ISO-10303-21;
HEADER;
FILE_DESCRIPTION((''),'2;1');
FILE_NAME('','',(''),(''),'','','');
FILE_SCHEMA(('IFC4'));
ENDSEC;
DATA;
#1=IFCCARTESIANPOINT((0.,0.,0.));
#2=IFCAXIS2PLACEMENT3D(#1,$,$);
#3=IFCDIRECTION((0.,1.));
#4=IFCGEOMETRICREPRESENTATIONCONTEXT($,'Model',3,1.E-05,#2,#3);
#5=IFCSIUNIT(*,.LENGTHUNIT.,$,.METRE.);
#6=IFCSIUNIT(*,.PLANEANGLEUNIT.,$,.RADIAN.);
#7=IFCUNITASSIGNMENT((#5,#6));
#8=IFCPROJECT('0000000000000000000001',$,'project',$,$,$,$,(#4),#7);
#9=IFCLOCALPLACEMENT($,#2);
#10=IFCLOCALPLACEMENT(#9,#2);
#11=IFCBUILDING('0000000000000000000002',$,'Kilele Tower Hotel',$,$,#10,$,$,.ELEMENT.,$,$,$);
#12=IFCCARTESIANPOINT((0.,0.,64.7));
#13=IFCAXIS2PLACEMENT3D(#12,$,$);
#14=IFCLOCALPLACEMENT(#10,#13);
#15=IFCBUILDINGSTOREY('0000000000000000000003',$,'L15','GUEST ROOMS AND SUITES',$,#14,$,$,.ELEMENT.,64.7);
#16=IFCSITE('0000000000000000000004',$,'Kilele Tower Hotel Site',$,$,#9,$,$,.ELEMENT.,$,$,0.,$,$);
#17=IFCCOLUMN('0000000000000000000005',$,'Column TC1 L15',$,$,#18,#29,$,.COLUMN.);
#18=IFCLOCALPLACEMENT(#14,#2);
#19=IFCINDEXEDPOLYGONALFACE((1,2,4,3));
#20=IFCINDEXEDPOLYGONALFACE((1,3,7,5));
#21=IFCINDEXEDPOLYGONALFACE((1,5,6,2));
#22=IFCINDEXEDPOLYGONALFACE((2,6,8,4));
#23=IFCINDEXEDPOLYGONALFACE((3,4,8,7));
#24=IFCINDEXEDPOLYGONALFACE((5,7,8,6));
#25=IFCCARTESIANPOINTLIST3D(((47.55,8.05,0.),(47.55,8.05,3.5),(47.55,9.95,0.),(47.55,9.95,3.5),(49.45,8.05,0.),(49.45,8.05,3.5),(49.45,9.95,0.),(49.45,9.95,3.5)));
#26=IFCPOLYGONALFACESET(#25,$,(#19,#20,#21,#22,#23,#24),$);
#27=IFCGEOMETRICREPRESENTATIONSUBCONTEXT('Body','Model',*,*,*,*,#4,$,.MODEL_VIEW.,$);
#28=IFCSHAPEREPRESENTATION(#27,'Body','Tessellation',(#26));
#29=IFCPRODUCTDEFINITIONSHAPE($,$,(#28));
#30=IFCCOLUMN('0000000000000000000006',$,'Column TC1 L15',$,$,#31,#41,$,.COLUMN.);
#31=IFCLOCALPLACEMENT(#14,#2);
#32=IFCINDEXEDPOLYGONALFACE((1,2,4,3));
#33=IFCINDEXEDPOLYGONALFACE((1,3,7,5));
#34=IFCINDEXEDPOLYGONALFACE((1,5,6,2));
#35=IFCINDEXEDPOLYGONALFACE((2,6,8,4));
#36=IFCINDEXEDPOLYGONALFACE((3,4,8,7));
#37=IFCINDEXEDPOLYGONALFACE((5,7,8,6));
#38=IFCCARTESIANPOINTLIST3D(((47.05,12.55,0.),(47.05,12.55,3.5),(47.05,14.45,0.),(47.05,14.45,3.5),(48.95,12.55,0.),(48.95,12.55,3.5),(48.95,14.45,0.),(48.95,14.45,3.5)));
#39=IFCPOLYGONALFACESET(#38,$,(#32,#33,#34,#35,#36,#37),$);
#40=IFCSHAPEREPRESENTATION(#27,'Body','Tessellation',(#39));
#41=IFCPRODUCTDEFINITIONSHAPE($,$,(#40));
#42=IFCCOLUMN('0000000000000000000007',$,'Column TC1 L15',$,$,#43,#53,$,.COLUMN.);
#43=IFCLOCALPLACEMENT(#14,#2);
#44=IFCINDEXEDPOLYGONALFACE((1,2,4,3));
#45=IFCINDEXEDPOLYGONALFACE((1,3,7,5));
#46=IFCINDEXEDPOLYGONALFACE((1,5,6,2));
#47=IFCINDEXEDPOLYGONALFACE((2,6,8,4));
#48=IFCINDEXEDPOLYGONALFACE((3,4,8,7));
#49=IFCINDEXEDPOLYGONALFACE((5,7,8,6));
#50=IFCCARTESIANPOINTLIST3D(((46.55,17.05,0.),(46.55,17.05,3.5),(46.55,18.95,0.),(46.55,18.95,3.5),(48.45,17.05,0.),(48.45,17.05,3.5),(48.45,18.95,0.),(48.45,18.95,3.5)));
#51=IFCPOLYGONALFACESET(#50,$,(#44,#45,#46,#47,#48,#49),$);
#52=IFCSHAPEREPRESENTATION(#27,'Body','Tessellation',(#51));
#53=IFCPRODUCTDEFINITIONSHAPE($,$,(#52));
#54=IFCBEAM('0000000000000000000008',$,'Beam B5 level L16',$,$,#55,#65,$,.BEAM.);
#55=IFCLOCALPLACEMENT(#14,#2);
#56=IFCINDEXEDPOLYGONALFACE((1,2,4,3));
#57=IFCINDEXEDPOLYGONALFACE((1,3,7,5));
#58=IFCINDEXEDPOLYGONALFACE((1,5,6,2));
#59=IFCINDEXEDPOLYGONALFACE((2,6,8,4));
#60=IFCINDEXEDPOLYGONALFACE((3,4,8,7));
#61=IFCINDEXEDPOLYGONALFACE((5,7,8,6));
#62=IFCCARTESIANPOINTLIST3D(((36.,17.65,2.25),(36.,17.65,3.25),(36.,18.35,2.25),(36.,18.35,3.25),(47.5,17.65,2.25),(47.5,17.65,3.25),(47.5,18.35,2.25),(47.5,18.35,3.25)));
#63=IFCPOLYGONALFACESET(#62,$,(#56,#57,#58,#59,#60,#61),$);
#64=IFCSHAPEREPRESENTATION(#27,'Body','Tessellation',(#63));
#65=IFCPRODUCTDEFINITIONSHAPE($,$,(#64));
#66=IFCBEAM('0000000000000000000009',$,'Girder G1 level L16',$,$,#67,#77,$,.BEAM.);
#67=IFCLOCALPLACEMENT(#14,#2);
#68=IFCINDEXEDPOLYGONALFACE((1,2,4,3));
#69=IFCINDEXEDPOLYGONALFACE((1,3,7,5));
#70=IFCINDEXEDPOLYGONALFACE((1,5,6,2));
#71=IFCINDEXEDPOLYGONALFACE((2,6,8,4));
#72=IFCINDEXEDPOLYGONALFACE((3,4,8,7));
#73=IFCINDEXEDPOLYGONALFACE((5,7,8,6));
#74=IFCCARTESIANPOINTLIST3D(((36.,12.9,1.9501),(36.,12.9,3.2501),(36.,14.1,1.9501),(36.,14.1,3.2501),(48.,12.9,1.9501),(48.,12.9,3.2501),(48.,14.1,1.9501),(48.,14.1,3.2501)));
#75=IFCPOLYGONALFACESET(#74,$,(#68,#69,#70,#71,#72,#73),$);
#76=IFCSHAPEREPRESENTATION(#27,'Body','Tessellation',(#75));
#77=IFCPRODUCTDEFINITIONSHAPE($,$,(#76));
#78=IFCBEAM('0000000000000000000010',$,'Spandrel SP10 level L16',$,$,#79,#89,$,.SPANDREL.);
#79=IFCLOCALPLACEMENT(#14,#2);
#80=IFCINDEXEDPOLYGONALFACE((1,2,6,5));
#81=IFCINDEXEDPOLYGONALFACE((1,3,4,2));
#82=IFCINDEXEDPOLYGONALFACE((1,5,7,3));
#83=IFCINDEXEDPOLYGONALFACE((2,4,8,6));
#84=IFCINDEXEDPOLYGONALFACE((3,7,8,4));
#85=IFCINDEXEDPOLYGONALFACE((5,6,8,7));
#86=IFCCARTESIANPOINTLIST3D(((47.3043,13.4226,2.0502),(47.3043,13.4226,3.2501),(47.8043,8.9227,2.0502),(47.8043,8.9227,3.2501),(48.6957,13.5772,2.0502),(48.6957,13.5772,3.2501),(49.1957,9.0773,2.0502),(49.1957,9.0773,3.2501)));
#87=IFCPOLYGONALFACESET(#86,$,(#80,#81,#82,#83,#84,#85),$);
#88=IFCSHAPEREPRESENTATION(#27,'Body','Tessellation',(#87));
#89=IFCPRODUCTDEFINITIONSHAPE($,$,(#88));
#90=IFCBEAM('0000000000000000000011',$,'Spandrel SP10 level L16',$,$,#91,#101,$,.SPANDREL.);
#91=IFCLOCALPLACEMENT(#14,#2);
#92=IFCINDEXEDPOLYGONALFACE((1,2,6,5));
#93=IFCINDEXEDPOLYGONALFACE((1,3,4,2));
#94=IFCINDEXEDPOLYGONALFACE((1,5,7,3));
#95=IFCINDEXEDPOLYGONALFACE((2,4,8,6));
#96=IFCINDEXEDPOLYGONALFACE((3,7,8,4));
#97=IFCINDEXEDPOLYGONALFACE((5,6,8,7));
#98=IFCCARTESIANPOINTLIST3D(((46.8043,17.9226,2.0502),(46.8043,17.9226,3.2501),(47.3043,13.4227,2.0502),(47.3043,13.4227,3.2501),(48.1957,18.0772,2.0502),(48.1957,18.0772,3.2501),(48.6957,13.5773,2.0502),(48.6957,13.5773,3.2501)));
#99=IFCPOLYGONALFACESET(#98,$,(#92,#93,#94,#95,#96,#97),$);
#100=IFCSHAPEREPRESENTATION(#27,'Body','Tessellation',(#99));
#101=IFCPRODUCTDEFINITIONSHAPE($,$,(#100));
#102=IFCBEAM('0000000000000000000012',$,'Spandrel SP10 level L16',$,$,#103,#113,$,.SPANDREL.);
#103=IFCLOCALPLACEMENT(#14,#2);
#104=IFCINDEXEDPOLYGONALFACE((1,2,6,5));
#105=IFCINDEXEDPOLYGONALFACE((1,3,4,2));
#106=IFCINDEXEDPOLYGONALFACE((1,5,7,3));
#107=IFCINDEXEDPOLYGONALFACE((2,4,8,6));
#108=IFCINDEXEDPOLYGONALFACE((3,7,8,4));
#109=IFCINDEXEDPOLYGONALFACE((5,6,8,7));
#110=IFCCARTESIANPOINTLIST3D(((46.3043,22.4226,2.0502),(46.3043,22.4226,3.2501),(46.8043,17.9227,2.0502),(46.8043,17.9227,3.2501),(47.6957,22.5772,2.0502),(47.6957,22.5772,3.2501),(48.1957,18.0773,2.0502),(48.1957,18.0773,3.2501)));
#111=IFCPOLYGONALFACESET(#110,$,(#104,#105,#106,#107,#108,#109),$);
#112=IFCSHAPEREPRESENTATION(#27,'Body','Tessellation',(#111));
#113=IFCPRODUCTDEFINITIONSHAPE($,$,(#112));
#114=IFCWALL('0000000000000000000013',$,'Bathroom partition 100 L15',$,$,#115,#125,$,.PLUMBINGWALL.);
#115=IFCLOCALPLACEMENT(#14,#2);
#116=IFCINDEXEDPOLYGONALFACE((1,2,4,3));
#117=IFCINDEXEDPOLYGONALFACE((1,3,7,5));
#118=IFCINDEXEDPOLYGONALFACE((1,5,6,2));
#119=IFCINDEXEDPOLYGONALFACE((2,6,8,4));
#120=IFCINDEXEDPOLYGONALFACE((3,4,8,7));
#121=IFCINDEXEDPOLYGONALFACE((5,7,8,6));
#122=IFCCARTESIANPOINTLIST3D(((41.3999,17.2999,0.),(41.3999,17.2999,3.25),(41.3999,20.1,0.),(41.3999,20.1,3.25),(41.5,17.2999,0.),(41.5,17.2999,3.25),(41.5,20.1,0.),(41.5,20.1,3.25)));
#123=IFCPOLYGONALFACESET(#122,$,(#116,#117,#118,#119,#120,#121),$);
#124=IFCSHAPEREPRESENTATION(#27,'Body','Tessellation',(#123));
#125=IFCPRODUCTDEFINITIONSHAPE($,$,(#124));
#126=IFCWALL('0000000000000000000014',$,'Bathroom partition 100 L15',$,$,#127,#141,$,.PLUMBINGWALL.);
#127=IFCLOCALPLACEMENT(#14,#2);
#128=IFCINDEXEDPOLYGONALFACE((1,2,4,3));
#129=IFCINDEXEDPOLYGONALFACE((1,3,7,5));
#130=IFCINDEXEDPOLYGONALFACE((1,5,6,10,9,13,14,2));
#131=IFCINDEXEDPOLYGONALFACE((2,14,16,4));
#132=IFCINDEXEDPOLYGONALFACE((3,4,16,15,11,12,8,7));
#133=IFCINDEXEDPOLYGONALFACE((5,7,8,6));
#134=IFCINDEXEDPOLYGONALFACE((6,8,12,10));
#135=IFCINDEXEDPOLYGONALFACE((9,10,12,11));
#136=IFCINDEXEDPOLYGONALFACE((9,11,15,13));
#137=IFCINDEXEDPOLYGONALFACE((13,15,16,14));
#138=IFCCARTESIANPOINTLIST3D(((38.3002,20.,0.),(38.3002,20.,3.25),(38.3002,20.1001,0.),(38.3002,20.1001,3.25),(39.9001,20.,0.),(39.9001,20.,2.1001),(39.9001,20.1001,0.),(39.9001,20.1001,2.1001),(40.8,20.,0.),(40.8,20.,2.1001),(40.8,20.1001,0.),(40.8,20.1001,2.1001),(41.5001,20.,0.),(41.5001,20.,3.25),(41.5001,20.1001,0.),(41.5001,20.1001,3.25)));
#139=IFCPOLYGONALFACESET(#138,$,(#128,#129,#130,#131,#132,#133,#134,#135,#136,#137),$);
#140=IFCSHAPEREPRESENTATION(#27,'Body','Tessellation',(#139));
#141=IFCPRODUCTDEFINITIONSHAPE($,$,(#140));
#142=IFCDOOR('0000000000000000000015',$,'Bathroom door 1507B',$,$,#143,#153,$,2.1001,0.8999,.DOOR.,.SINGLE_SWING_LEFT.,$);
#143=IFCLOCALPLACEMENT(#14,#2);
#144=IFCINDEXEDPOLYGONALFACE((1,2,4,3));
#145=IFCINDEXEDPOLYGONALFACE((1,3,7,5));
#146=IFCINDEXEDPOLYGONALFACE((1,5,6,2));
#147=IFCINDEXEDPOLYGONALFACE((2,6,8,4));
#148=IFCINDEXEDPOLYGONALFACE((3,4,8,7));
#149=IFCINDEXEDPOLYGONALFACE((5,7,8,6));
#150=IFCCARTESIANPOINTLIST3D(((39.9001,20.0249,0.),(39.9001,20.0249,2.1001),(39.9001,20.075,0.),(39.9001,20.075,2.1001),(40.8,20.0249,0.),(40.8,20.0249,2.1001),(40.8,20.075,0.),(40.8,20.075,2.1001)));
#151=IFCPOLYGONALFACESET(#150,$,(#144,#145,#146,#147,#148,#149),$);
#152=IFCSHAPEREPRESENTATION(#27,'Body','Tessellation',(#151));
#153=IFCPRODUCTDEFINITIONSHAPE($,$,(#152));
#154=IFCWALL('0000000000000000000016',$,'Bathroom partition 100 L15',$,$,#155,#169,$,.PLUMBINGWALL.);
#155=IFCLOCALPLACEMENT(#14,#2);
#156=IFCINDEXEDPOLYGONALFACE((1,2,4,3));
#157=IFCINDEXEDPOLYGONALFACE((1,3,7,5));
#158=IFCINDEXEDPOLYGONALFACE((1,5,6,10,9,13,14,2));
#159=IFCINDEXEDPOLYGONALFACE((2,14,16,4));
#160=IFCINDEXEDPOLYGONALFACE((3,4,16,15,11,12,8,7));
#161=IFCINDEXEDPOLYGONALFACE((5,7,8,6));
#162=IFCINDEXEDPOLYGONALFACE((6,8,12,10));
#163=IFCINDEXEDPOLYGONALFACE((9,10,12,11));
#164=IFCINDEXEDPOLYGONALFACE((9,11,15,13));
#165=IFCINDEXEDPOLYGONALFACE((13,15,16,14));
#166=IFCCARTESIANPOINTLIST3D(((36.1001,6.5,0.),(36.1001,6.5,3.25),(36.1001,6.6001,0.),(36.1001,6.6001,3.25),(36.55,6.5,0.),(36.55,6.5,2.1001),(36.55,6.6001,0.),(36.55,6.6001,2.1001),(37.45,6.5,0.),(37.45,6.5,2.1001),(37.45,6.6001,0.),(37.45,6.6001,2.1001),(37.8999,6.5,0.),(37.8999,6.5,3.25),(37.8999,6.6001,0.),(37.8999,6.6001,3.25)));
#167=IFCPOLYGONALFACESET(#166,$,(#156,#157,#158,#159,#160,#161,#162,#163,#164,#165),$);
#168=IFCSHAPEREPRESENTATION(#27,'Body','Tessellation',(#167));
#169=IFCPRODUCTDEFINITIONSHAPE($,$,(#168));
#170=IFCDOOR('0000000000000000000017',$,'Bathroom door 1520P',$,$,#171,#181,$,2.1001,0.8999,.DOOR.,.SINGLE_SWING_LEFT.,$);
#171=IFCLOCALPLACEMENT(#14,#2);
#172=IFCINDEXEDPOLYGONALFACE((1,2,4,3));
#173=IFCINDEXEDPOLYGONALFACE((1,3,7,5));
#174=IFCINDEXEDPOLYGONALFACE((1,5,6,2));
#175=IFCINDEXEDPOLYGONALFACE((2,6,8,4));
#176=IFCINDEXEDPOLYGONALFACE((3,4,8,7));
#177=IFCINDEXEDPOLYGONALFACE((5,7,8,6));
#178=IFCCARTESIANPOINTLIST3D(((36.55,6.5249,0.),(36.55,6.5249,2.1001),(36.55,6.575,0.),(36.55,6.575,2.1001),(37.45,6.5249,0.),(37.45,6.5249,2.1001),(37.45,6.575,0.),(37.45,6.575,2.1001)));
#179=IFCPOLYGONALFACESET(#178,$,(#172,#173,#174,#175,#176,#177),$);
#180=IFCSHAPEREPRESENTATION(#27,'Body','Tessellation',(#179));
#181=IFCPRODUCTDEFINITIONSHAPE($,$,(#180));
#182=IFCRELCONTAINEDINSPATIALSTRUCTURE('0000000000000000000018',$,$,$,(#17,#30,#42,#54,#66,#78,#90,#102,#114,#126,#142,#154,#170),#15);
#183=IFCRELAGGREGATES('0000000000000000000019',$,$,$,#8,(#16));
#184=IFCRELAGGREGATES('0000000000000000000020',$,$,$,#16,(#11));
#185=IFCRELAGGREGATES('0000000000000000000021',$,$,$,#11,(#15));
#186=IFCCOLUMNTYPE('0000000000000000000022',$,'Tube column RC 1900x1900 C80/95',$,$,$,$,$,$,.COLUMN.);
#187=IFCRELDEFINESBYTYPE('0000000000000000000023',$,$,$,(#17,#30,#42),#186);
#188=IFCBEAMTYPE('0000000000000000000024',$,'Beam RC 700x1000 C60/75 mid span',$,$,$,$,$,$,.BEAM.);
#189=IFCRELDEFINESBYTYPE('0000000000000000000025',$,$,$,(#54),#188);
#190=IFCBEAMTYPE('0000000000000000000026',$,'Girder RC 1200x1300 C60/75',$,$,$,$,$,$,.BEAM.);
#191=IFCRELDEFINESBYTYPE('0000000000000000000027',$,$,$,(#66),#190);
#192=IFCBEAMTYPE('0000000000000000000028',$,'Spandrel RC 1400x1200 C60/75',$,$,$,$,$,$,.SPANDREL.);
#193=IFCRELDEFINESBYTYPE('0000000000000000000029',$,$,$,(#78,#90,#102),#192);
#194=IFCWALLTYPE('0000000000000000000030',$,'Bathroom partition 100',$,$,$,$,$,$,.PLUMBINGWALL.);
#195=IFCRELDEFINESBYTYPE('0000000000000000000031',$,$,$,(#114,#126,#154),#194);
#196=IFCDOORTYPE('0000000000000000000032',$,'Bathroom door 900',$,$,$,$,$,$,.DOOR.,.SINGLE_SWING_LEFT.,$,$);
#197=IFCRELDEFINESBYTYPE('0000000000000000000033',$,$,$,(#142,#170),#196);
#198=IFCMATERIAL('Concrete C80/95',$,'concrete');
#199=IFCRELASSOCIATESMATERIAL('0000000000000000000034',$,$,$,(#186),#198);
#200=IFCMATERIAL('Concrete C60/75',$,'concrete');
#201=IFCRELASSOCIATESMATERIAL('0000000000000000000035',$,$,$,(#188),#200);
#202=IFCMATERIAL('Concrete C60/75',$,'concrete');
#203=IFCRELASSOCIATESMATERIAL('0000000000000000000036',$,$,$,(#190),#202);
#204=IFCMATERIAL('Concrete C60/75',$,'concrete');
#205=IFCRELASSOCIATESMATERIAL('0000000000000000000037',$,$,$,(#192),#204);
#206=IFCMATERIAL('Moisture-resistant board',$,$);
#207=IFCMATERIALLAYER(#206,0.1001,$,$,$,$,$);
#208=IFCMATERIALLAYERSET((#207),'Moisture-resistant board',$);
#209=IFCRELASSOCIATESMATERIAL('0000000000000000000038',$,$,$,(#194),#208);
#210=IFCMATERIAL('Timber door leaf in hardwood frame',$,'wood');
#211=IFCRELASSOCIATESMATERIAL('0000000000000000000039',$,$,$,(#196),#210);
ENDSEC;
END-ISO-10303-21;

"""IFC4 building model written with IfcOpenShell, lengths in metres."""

from ifc_helpers import new_model, si_unit, direction, frame, frame_2d, origin, origin_2d, place, context, subcontext, project, spatial, rectangle, extrude, material, layer, layer_set, material_profile, profile_set, type_object, element, fill, save


model = new_model("IFC4")

# Units and contexts
model_context = context("Model", 3, precision=1e-05, world=origin(), true_north=direction((0.0, 1.0)))
body_context = subcontext(model_context, "Body", "Model", "MODEL_VIEW")
ifc_project = project(units=[si_unit("LENGTHUNIT", "METRE"), si_unit("PLANEANGLEUNIT", "RADIAN")], contexts=[model_context])

# Site, building, storey
site_placement = place(None, origin())
site = spatial("IfcSite", under=ifc_project, at=site_placement, Name="Kilele Tower Hotel Site", CompositionType="ELEMENT", RefElevation=0.0)
building_placement = place(site_placement, origin())
building = spatial("IfcBuilding", under=site, at=building_placement, Name="Kilele Tower Hotel", CompositionType="ELEMENT")
storey_placement = place(building_placement, frame((0.0, 0.0, 64.7)))
storey = spatial("IfcBuildingStorey", under=building, at=storey_placement, Name="L15", Description="GUEST ROOMS AND SUITES", CompositionType="ELEMENT", Elevation=64.7)

# Columns
ifc_material_1 = material(Name="Concrete C80/95", Category="concrete")
ifc_material_profile_1 = material_profile(ifc_material_1, rectangle(XDim=1.8999, YDim=1.8999, at=origin_2d()))
ifc_profile_set_1 = profile_set([ifc_material_profile_1], Name="Concrete C80/95")
column_type = type_object("IfcColumnType", Name="Tube column RC 1900x1900 C80/95", PredefinedType="COLUMN", material=ifc_profile_set_1)
for number, where, z_axis, x_axis, name in (
    (1, (48.5, 9.0, 0.0), (0.0, 0.0, 1.0), (1.0, 0.0, 0.0), "Column TC1 L15"),
    (2, (48.0, 13.5, 0.0), (0.0, 0.0, 1.0), (1.0, 0.0, 0.0), "Column TC1 L15"),
    (3, (47.5, 18.0, 0.0), (0.0, 0.0, 1.0), (1.0, 0.0, 0.0), "Column TC1 L15"),
):
    element("IfcColumn", number, at=place(storey_placement, frame(where, z_axis=z_axis, x_axis=x_axis)), inside=storey, type_object=column_type, Name=name, PredefinedType="COLUMN", context=body_context, shape_type="SweptSolid", body=[
        extrude(rectangle(XDim=1.8999, YDim=1.8999, at=origin_2d()), origin(), (0.0, 0.0, 1.0), 3.5),
    ])

# Beams
ifc_material_2 = material(Name="Concrete C60/75", Category="concrete")
ifc_material_profile_2 = material_profile(ifc_material_2, rectangle(XDim=0.7, YDim=1.0, at=origin_2d()))
ifc_profile_set_2 = profile_set([ifc_material_profile_2], Name="Concrete C60/75")
beam_type_1 = type_object("IfcBeamType", Name="Beam RC 700x1000 C60/75 mid span", PredefinedType="BEAM", material=ifc_profile_set_2)
beam_1_placement = place(storey_placement, frame((47.5, 18.0, 2.75), z_axis=(-1.0, 0.0, 0.0), x_axis=(0.0, -1.0, 0.0)))
element("IfcBeam", 4, at=beam_1_placement, inside=storey, type_object=beam_type_1, Name="Beam B5 level L16", PredefinedType="BEAM", context=body_context, shape_type="SweptSolid", body=[
    extrude(rectangle(XDim=0.7, YDim=1.0, at=origin_2d()), origin(), (0.0, 0.0, 1.0), 11.5),
])
ifc_material_3 = material(Name="Concrete C60/75", Category="concrete")
ifc_material_profile_3 = material_profile(ifc_material_3, rectangle(XDim=1.2, YDim=1.3, at=origin_2d()))
ifc_profile_set_3 = profile_set([ifc_material_profile_3], Name="Concrete C60/75")
beam_type_2 = type_object("IfcBeamType", Name="Girder RC 1200x1300 C60/75", PredefinedType="BEAM", material=ifc_profile_set_3)
beam_2_placement = place(storey_placement, frame((48.0, 13.5, 2.6001), z_axis=(-1.0, 0.0, 0.0), x_axis=(0.0, -1.0, 0.0)))
element("IfcBeam", 5, at=beam_2_placement, inside=storey, type_object=beam_type_2, Name="Girder G1 level L16", PredefinedType="BEAM", context=body_context, shape_type="SweptSolid", body=[
    extrude(rectangle(XDim=1.2, YDim=1.3, at=origin_2d()), origin(), (0.0, 0.0, 1.0), 12.0),
])
ifc_material_4 = material(Name="Concrete C60/75", Category="concrete")
ifc_material_profile_4 = material_profile(ifc_material_4, rectangle(XDim=1.3999, YDim=1.2, at=origin_2d()))
ifc_profile_set_4 = profile_set([ifc_material_profile_4], Name="Concrete C60/75")
beam_type_3 = type_object("IfcBeamType", Name="Spandrel RC 1400x1200 C60/75", PredefinedType="SPANDREL", material=ifc_profile_set_4)
for number, where, z_axis, x_axis, name in (
    (6, (48.5, 9.0, 2.6501), (-0.110432, 0.993884, 0.0), (-0.993884, -0.110432, 0.0), "Spandrel SP10 level L16"),
    (7, (48.0, 13.5, 2.6501), (-0.110432, 0.993884, 0.0), (-0.993884, -0.110432, 0.0), "Spandrel SP10 level L16"),
    (8, (47.5, 18.0, 2.6501), (-0.110432, 0.993884, 0.0), (-0.993884, -0.110432, 0.0), "Spandrel SP10 level L16"),
):
    element("IfcBeam", number, at=place(storey_placement, frame(where, z_axis=z_axis, x_axis=x_axis)), inside=storey, type_object=beam_type_3, Name=name, PredefinedType="SPANDREL", context=body_context, shape_type="SweptSolid", body=[
        extrude(rectangle(XDim=1.3999, YDim=1.2, at=origin_2d()), origin(), (0.0, 0.0, 1.0), 4.5276),
    ])

# Wall
ifc_material_5 = material(Name="Moisture-resistant board")
ifc_layer_1 = layer(ifc_material_5, 0.1001)
ifc_layer_set_1 = layer_set([ifc_layer_1], Name="Moisture-resistant board")
wall_type_1 = type_object("IfcWallType", Name="Bathroom partition 100", PredefinedType="PLUMBINGWALL", material=ifc_layer_set_1)
wall_1_placement = place(storey_placement, frame((41.45, 17.3, 0.0), z_axis=(0.0, 0.0, 1.0), x_axis=(0.0, 1.0, 0.0)))
element("IfcWall", 9, at=wall_1_placement, inside=storey, type_object=wall_type_1, Name="Bathroom partition 100 L15", PredefinedType="PLUMBINGWALL", context=body_context, shape_type="SweptSolid", body=[
    extrude(rectangle(XDim=2.8, YDim=0.1001, at=frame_2d((1.3999, 0.0))), origin(), (0.0, 0.0, 1.0), 3.25),
])

# Walls, openings, doors
wall_2_placement = place(storey_placement, frame((38.3, 20.05, 0.0), z_axis=(0.0, 0.0, 1.0), x_axis=(1.0, 0.0, 0.0)))
wall_2 = element("IfcWall", 10, at=wall_2_placement, inside=storey, type_object=wall_type_1, Name="Bathroom partition 100 L15", PredefinedType="PLUMBINGWALL", context=body_context, shape_type="SweptSolid", body=[
    extrude(rectangle(XDim=3.2, YDim=0.1001, at=frame_2d((1.6001, 0.0))), origin(), (0.0, 0.0, 1.0), 3.25),
])
opening_1_placement = place(wall_2_placement, frame((1.6001, 0.0, 0.0)))
opening_1 = element("IfcOpeningElement", 11, at=opening_1_placement, cuts=wall_2, PredefinedType="OPENING", context=body_context, shape_type="SweptSolid", body=[
    extrude(rectangle(XDim=0.8999, YDim=2.1001, at=frame_2d((0.45, 1.05))), frame((0.0, 0.0601, 0.0), z_axis=(0.0, -1.0, 0.0), x_axis=(1.0, 0.0, 0.0)), (0.0, 0.0, 1.0), 0.1201),
])
ifc_material_6 = material(Name="Timber door leaf in hardwood frame", Category="wood")
door_type_1 = type_object("IfcDoorType", Name="Bathroom door 900", OperationType="SINGLE_SWING_LEFT", PredefinedType="DOOR", material=ifc_material_6)
door_1_placement = place(opening_1_placement, origin())
door_1 = element("IfcDoor", 12, at=door_1_placement, inside=storey, type_object=door_type_1, Name="Bathroom door 1507B", OperationType="SINGLE_SWING_LEFT", OverallHeight=2.1001, OverallWidth=0.8999, PredefinedType="DOOR", context=body_context, shape_type="SweptSolid", body=[
    extrude(rectangle(XDim=0.8999, YDim=2.1001, at=frame_2d((0.45, 1.05))), frame((0.0, 0.0249, 0.0), z_axis=(0.0, -1.0, 0.0), x_axis=(1.0, 0.0, 0.0)), (0.0, 0.0, 1.0), 0.05),
])
fill(opening_1, door_1)
wall_3_placement = place(storey_placement, frame((36.1001, 6.55, 0.0), z_axis=(0.0, 0.0, 1.0), x_axis=(1.0, 0.0, 0.0)))
wall_3 = element("IfcWall", 13, at=wall_3_placement, inside=storey, type_object=wall_type_1, Name="Bathroom partition 100 L15", PredefinedType="PLUMBINGWALL", context=body_context, shape_type="SweptSolid", body=[
    extrude(rectangle(XDim=1.7998, YDim=0.1001, at=frame_2d((0.8999, 0.0))), origin(), (0.0, 0.0, 1.0), 3.25),
])
opening_2_placement = place(wall_3_placement, frame((0.45, 0.0, 0.0)))
opening_2 = element("IfcOpeningElement", 14, at=opening_2_placement, cuts=wall_3, PredefinedType="OPENING", context=body_context, shape_type="SweptSolid", body=[
    extrude(rectangle(XDim=0.8999, YDim=2.1001, at=frame_2d((0.45, 1.05))), frame((0.0, 0.0601, 0.0), z_axis=(0.0, -1.0, 0.0), x_axis=(1.0, 0.0, 0.0)), (0.0, 0.0, 1.0), 0.1201),
])
door_2_placement = place(opening_2_placement, origin())
door_2 = element("IfcDoor", 15, at=door_2_placement, inside=storey, type_object=door_type_1, Name="Bathroom door 1520P", OperationType="SINGLE_SWING_LEFT", OverallHeight=2.1001, OverallWidth=0.8999, PredefinedType="DOOR", context=body_context, shape_type="SweptSolid", body=[
    extrude(rectangle(XDim=0.8999, YDim=2.1001, at=frame_2d((0.45, 1.05))), frame((0.0, 0.0249, 0.0), z_axis=(0.0, -1.0, 0.0), x_axis=(1.0, 0.0, 0.0)), (0.0, 0.0, 1.0), 0.05),
])
fill(opening_2, door_2)

save(model, "model.ifc")
